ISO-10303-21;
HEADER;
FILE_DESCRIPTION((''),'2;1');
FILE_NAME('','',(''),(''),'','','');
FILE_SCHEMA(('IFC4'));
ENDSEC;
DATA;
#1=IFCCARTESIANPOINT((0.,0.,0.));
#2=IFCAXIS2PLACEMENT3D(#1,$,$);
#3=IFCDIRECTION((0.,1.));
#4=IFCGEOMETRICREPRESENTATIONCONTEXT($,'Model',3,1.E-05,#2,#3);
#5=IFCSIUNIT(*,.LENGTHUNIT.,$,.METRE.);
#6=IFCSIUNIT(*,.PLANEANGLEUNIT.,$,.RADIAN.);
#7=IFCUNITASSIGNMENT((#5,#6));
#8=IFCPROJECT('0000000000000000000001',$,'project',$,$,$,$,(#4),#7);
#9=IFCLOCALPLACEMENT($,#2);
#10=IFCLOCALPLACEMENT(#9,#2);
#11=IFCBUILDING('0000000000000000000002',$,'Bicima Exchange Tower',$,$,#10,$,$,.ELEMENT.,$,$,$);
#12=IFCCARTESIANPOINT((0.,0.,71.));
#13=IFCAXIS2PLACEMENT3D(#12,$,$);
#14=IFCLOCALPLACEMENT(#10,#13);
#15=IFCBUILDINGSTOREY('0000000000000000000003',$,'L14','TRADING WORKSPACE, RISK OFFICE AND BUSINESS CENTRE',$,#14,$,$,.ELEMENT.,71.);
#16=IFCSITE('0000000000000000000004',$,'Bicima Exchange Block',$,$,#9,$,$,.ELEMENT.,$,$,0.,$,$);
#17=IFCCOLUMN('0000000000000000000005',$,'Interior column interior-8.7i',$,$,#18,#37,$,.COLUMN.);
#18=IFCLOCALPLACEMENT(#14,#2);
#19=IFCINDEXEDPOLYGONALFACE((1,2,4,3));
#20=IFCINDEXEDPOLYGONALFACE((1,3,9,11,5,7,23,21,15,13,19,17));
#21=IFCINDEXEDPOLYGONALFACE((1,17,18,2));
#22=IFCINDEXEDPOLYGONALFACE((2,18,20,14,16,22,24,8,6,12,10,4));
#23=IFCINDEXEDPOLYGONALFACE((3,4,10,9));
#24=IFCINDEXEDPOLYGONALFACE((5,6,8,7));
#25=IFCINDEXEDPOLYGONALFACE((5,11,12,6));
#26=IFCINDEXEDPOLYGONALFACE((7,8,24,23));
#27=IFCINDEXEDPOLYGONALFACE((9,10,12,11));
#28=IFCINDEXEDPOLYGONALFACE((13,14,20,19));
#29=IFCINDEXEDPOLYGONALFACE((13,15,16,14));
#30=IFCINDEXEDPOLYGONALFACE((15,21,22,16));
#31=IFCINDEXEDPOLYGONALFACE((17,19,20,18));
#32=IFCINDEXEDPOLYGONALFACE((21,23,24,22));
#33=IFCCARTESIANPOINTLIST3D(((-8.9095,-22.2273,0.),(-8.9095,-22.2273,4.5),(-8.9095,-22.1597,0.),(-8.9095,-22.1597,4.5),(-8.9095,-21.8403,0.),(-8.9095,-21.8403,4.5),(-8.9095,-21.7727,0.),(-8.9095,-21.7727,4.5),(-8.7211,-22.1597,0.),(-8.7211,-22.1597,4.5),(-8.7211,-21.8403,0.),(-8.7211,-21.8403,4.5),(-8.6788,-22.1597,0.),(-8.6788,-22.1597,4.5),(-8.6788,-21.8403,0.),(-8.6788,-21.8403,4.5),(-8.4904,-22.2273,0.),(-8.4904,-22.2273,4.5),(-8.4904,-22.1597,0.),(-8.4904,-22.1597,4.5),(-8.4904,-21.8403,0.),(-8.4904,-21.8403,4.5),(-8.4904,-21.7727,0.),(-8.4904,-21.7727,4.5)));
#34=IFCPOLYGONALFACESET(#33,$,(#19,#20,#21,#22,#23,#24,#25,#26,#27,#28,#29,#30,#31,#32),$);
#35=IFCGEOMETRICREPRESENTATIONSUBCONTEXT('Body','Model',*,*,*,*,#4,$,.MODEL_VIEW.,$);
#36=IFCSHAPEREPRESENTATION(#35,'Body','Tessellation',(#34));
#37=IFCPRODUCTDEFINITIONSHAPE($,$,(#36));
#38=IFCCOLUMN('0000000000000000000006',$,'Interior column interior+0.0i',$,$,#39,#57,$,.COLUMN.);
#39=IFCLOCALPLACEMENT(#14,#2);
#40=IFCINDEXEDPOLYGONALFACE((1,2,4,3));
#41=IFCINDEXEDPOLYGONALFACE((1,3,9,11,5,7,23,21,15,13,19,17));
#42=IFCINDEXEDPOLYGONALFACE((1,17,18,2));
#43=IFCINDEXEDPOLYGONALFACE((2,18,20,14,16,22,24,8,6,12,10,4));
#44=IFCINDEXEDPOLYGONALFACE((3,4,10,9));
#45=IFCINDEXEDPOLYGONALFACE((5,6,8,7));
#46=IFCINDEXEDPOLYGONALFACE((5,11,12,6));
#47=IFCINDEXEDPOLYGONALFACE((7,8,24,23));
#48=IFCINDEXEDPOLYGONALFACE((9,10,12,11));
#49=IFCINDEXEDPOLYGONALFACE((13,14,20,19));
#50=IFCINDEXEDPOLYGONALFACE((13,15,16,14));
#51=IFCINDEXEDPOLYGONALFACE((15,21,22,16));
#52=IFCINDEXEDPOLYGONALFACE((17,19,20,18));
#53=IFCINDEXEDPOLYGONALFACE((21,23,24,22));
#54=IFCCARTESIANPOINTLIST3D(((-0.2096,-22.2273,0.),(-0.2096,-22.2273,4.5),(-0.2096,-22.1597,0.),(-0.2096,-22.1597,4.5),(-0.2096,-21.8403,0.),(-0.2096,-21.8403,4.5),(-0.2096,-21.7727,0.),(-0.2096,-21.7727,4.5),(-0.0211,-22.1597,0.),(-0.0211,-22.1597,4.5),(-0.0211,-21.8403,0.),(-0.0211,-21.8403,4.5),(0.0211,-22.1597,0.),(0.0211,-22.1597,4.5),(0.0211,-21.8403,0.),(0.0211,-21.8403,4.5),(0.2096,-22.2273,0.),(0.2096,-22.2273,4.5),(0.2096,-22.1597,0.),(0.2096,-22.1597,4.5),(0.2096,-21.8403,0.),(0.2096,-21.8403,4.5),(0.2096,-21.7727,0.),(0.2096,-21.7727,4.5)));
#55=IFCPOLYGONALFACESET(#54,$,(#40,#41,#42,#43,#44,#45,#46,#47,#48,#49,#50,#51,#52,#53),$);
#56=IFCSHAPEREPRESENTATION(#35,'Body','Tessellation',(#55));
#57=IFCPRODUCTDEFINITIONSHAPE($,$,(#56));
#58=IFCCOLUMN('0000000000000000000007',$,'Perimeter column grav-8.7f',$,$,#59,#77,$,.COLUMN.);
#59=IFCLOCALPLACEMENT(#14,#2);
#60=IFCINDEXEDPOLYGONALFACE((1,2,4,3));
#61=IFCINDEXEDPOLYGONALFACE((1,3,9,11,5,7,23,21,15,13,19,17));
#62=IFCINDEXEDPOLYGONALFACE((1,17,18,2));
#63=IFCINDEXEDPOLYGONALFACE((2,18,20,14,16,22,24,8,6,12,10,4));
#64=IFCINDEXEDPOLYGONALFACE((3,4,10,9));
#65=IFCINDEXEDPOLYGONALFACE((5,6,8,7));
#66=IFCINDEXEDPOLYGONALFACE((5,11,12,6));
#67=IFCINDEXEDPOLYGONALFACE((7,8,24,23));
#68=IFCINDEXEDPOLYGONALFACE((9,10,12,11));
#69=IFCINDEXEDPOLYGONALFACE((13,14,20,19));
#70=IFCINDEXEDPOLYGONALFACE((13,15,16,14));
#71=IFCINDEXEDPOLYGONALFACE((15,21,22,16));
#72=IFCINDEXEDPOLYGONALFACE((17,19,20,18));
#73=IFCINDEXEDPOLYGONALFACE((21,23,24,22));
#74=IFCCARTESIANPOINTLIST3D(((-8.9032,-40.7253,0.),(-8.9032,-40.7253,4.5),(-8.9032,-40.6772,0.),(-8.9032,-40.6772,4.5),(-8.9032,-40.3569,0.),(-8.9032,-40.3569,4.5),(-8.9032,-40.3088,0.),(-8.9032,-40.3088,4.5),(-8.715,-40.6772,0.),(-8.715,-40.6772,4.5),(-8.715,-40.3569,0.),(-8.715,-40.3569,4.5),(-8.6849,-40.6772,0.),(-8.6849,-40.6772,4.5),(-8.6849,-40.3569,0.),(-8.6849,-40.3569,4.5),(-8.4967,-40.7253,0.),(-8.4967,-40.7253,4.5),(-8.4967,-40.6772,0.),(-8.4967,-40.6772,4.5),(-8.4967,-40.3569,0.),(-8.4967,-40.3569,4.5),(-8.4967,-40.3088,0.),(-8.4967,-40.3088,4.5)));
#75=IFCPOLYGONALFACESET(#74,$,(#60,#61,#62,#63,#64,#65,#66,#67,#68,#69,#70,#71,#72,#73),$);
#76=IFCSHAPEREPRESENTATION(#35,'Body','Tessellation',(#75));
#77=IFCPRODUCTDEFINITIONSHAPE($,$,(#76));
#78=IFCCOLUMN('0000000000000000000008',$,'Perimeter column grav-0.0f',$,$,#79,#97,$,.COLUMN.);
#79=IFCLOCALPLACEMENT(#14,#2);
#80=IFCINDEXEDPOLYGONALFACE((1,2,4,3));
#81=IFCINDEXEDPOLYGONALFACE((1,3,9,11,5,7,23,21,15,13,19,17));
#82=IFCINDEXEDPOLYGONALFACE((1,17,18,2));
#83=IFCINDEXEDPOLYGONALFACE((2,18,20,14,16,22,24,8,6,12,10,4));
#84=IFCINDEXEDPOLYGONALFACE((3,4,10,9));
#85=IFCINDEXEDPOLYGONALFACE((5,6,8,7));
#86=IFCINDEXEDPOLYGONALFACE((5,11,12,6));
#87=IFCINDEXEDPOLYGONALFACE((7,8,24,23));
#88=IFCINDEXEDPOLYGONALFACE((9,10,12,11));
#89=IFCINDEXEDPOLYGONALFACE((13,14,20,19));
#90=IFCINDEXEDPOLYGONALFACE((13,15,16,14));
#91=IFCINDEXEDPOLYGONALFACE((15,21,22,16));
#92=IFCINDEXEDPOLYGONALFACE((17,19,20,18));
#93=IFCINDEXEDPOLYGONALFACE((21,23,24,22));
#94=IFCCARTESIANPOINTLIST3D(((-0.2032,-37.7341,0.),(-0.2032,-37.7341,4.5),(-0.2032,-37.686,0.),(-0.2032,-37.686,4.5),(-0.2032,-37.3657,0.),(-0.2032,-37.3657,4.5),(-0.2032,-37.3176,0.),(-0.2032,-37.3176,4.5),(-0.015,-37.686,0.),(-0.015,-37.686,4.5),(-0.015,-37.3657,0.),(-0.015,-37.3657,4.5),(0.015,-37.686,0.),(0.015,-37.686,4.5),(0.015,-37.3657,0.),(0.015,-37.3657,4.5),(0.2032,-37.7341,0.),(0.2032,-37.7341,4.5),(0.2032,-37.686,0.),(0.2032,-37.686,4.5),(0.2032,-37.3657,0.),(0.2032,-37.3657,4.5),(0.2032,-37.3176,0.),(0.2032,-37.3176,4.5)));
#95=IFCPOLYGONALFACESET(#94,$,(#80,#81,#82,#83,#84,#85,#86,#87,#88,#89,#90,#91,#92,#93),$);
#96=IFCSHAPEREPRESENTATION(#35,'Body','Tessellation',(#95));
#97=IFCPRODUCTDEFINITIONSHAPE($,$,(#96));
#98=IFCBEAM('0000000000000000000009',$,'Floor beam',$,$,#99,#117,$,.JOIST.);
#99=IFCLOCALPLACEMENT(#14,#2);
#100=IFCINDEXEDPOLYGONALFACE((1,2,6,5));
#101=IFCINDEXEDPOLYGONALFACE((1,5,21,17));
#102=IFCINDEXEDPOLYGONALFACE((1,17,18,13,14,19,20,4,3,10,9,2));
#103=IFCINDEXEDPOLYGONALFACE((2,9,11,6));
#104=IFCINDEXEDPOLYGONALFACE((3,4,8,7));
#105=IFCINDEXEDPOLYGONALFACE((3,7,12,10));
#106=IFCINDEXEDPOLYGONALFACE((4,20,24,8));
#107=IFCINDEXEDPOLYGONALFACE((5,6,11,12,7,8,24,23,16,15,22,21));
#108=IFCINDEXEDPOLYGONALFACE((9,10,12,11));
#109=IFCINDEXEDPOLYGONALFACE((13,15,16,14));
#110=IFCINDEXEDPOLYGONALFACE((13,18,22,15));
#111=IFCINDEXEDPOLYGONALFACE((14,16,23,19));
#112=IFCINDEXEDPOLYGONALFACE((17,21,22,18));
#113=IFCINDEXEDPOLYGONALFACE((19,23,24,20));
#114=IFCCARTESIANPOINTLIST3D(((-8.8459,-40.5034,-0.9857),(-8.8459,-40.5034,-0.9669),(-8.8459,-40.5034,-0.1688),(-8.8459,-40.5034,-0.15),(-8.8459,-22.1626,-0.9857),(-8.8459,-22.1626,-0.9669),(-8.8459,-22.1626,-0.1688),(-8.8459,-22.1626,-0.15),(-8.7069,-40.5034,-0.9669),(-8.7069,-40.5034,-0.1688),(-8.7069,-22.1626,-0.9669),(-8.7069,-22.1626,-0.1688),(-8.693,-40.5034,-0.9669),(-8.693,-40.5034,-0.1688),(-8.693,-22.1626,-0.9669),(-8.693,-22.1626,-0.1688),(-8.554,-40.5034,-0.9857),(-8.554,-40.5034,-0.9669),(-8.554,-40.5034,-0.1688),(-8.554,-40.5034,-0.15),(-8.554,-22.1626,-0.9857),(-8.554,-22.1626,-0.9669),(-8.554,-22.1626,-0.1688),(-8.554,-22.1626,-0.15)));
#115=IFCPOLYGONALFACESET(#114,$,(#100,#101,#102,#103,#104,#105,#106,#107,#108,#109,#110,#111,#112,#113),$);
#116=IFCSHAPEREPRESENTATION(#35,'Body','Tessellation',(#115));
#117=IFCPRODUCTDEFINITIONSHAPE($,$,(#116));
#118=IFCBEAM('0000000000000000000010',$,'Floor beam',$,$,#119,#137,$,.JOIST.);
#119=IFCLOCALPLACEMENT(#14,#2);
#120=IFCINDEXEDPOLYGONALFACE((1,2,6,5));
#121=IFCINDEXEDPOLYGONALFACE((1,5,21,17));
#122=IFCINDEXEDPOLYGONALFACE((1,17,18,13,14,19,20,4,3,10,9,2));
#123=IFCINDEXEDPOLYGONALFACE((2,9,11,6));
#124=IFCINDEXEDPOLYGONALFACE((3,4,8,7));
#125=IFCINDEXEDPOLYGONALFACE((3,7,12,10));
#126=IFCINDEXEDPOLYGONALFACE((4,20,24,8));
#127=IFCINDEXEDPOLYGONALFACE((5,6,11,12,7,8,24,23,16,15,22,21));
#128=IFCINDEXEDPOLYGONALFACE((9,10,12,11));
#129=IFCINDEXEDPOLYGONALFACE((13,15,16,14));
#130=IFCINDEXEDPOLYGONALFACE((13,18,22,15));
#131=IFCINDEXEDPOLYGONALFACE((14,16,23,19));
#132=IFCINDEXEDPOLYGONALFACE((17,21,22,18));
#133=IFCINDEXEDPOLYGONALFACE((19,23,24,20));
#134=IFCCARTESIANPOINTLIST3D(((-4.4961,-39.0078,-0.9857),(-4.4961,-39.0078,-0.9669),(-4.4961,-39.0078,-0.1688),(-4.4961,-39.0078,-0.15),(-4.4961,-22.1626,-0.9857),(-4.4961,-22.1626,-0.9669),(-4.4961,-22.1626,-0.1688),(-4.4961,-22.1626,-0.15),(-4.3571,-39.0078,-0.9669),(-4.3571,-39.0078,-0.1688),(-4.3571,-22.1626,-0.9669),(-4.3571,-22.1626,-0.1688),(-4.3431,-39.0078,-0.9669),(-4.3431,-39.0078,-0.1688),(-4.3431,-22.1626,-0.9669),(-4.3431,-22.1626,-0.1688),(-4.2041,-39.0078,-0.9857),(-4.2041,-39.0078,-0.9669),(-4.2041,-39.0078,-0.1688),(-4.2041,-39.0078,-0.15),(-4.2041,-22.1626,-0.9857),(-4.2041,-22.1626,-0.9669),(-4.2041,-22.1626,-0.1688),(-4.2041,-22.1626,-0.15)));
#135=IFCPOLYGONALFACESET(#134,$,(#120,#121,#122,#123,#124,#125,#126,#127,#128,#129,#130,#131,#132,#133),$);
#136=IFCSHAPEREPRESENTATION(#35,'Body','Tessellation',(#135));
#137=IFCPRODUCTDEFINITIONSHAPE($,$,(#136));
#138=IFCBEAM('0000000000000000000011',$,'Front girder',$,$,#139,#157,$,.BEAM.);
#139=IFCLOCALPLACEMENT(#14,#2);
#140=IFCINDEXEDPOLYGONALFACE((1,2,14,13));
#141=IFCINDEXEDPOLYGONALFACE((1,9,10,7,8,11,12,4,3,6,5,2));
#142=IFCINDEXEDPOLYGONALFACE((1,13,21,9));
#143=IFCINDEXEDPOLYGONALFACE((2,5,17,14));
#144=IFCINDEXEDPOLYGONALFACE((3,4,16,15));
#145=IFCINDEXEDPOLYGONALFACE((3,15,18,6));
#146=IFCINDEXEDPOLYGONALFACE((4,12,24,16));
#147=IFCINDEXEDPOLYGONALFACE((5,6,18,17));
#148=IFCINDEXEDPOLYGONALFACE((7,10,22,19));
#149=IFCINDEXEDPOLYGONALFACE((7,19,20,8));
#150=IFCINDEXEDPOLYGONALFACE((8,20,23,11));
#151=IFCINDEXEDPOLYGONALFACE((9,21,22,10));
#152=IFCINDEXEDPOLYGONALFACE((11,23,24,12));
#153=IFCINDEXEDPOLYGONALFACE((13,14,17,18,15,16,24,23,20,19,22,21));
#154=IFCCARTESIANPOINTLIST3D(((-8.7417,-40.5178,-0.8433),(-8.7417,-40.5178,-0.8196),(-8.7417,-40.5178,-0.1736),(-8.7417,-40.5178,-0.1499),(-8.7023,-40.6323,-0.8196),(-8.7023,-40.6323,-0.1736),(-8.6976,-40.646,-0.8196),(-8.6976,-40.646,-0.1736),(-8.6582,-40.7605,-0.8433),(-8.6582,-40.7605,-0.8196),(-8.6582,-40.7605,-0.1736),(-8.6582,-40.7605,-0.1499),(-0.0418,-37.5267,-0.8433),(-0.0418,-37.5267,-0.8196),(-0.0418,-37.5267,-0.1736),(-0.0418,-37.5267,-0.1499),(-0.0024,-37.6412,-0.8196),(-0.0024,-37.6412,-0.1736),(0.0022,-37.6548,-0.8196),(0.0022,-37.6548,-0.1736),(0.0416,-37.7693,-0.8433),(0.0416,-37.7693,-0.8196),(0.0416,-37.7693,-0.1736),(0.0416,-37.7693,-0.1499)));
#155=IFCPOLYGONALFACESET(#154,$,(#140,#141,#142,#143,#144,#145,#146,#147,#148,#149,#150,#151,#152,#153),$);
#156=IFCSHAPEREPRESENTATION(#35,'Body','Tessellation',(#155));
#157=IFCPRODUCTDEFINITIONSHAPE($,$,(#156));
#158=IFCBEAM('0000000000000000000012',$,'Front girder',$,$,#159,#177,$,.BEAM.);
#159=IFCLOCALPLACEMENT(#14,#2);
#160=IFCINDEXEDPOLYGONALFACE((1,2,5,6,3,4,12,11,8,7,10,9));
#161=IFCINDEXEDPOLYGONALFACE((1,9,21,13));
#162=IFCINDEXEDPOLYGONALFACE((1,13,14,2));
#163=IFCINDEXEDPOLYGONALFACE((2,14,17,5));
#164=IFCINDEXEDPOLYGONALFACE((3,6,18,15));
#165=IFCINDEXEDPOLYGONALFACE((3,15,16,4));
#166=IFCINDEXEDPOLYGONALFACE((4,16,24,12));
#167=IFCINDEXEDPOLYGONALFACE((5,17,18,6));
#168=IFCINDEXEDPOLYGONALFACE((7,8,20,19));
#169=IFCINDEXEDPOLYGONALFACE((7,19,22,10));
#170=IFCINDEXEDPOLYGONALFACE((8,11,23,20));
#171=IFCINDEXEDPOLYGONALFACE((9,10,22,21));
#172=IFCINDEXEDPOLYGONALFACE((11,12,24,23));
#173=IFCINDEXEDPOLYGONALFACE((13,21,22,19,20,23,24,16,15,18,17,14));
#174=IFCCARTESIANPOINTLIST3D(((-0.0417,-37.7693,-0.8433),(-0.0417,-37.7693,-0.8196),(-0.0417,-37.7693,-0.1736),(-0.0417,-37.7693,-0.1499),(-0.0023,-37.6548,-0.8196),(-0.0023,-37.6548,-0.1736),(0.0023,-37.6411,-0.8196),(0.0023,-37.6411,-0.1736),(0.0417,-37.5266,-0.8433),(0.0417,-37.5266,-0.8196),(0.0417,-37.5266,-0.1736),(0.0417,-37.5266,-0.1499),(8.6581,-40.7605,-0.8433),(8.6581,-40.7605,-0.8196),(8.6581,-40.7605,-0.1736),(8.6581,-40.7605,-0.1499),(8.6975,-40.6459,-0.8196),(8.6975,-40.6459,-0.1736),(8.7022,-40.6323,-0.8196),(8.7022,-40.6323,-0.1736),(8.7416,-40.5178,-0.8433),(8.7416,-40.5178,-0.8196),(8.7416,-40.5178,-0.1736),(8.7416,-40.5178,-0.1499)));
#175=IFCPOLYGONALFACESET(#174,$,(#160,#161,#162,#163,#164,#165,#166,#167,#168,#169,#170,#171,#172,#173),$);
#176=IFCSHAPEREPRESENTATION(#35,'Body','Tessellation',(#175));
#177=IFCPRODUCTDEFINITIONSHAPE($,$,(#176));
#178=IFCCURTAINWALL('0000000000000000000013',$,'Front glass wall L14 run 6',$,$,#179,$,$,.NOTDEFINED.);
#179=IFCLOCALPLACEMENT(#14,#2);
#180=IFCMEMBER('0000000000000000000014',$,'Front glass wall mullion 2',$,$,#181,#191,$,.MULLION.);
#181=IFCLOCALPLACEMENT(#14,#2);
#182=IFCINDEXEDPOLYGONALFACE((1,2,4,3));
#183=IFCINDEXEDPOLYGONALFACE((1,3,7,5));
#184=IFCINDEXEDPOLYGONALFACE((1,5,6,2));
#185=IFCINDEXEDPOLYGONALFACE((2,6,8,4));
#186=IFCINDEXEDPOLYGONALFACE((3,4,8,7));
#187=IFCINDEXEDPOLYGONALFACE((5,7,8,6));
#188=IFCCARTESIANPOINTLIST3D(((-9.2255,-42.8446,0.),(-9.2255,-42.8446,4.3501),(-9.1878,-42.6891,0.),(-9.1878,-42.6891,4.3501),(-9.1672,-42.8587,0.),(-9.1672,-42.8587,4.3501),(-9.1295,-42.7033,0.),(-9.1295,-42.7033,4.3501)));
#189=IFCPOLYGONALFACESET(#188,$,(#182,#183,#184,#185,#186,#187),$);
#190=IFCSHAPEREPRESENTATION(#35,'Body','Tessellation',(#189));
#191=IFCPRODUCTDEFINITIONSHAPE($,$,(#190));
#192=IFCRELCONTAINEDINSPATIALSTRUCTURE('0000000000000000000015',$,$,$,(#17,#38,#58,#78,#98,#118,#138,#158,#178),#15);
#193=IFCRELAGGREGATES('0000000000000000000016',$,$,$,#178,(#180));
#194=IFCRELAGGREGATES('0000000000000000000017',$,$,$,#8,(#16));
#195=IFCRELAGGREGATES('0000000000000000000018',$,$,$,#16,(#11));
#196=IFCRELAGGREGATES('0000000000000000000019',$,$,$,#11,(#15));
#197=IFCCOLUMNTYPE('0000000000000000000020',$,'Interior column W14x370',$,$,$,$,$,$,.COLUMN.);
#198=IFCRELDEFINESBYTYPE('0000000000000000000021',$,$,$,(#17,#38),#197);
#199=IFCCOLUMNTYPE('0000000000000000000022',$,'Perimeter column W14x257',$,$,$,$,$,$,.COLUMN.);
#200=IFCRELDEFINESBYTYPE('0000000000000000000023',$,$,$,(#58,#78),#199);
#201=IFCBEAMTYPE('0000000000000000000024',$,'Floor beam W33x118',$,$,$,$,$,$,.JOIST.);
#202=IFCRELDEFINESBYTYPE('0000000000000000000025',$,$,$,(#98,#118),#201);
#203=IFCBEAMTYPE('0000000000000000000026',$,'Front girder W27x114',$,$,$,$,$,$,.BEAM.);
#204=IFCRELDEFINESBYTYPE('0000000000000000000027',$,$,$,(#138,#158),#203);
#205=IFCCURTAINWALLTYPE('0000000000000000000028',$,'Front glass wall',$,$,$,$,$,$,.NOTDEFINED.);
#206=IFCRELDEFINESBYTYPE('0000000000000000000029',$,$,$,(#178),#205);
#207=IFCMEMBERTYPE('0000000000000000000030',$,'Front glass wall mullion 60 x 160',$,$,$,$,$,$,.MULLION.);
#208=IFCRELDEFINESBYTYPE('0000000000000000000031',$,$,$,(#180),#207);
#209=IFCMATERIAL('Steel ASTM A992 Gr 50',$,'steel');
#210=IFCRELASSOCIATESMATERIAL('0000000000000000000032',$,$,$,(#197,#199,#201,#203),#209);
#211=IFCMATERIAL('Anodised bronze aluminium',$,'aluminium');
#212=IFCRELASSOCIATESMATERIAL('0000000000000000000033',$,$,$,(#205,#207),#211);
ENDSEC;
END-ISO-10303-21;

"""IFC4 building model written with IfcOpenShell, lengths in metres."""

from ifc_helpers import new_model, si_unit, direction, frame, origin, origin_2d, place, context, subcontext, project, spatial, rectangle, i_section, extrude, material, material_profile, profile_set, type_object, element, aggregate, save


model = new_model("IFC4")

# Units and contexts
model_context = context("Model", 3, precision=1e-05, world=origin(), true_north=direction((0.0, 1.0)))
body_context = subcontext(model_context, "Body", "Model", "MODEL_VIEW")
ifc_project = project(units=[si_unit("LENGTHUNIT", "METRE"), si_unit("PLANEANGLEUNIT", "RADIAN")], contexts=[model_context])

# Site, building, storey
site_placement = place(None, origin())
site = spatial("IfcSite", under=ifc_project, at=site_placement, Name="Bicima Exchange Block", CompositionType="ELEMENT", RefElevation=0.0)
building_placement = place(site_placement, origin())
building = spatial("IfcBuilding", under=site, at=building_placement, Name="Bicima Exchange Tower", CompositionType="ELEMENT")
storey_placement = place(building_placement, frame((0.0, 0.0, 71.0)))
storey = spatial("IfcBuildingStorey", under=building, at=storey_placement, Name="L14", Description="TRADING WORKSPACE, RISK OFFICE AND BUSINESS CENTRE", CompositionType="ELEMENT", Elevation=71.0)

# Columns
ifc_material_1 = material(Name="Steel ASTM A992 Gr 50", Category="steel")
ifc_material_profile_1 = material_profile(ifc_material_1, i_section(OverallWidth=0.4192, OverallDepth=0.4546, WebThickness=0.0422, FlangeThickness=0.0676, at=origin_2d()))
ifc_profile_set_1 = profile_set([ifc_material_profile_1], Name="Steel ASTM A992 Gr 50")
column_type_1 = type_object("IfcColumnType", Name="Interior column W14x370", PredefinedType="COLUMN", material=ifc_profile_set_1)
for number, where, z_axis, x_axis, name in (
    (1, (-8.7, -22.0, 0.0), (0.0, 0.0, 1.0), (1.0, 0.0, 0.0), "Interior column interior-8.7i"),
    (2, (0.0, -22.0, 0.0), (0.0, 0.0, 1.0), (1.0, 0.0, 0.0), "Interior column interior+0.0i"),
):
    element("IfcColumn", number, at=place(storey_placement, frame(where, z_axis=z_axis, x_axis=x_axis)), inside=storey, type_object=column_type_1, Name=name, PredefinedType="COLUMN", context=body_context, shape_type="SweptSolid", body=[
        extrude(i_section(OverallWidth=0.4192, OverallDepth=0.4546, WebThickness=0.0422, FlangeThickness=0.0676, at=origin_2d()), origin(), (0.0, 0.0, 1.0), 4.5),
    ])
ifc_material_profile_2 = material_profile(ifc_material_1, i_section(OverallWidth=0.4065, OverallDepth=0.4165, WebThickness=0.03, FlangeThickness=0.0481, at=origin_2d()))
ifc_profile_set_2 = profile_set([ifc_material_profile_2], Name="Steel ASTM A992 Gr 50")
column_type_2 = type_object("IfcColumnType", Name="Perimeter column W14x257", PredefinedType="COLUMN", material=ifc_profile_set_2)
for number, where, z_axis, x_axis, name in (
    (3, (-8.7, -40.5171, 0.0), (0.0, 0.0, 1.0), (1.0, 0.0, 0.0), "Perimeter column grav-8.7f"),
    (4, (0.0, -37.5259, 0.0), (0.0, 0.0, 1.0), (1.0, 0.0, 0.0), "Perimeter column grav-0.0f"),
):
    element("IfcColumn", number, at=place(storey_placement, frame(where, z_axis=z_axis, x_axis=x_axis)), inside=storey, type_object=column_type_2, Name=name, PredefinedType="COLUMN", context=body_context, shape_type="SweptSolid", body=[
        extrude(i_section(OverallWidth=0.4065, OverallDepth=0.4165, WebThickness=0.03, FlangeThickness=0.0481, at=origin_2d()), origin(), (0.0, 0.0, 1.0), 4.5),
    ])

# Beams
ifc_material_profile_3 = material_profile(ifc_material_1, i_section(OverallWidth=0.292, OverallDepth=0.8357, WebThickness=0.0139, FlangeThickness=0.0188, at=origin_2d()))
ifc_profile_set_3 = profile_set([ifc_material_profile_3], Name="Steel ASTM A992 Gr 50")
beam_type_1 = type_object("IfcBeamType", Name="Floor beam W33x118", PredefinedType="JOIST", material=ifc_profile_set_3)
beam_1_placement = place(storey_placement, frame((-8.7, -22.1626, -0.5679), z_axis=(0.0, -1.0, 0.0), x_axis=(1.0, 0.0, 0.0)))
element("IfcBeam", 5, at=beam_1_placement, inside=storey, type_object=beam_type_1, Name="Floor beam", PredefinedType="JOIST", context=body_context, shape_type="SweptSolid", body=[
    extrude(i_section(OverallWidth=0.292, OverallDepth=0.8357, WebThickness=0.0139, FlangeThickness=0.0188, at=origin_2d()), origin(), (0.0, 0.0, 1.0), 18.3408),
])
beam_2_placement = place(storey_placement, frame((-4.3501, -22.1626, -0.5679), z_axis=(0.0, -1.0, 0.0), x_axis=(1.0, 0.0, 0.0)))
element("IfcBeam", 6, at=beam_2_placement, inside=storey, type_object=beam_type_1, Name="Floor beam", PredefinedType="JOIST", context=body_context, shape_type="SweptSolid", body=[
    extrude(i_section(OverallWidth=0.292, OverallDepth=0.8357, WebThickness=0.0139, FlangeThickness=0.0188, at=origin_2d()), origin(), (0.0, 0.0, 1.0), 16.8452),
])
ifc_material_profile_4 = material_profile(ifc_material_1, i_section(OverallWidth=0.2566, OverallDepth=0.6934, WebThickness=0.0144, FlangeThickness=0.0237, at=origin_2d()))
ifc_profile_set_4 = profile_set([ifc_material_profile_4], Name="Steel ASTM A992 Gr 50")
beam_type_2 = type_object("IfcBeamType", Name="Front girder W27x114", PredefinedType="BEAM", material=ifc_profile_set_4)
for number, where, z_axis, x_axis, name in (
    (7, (-8.7, -40.6392, -0.4966), (0.945666, 0.325138, 0.0), (-0.325138, 0.945666, 0.0), "Front girder"),
    (8, (0.0, -37.6479, -0.4966), (0.945666, -0.325138, 0.0), (0.325138, 0.945666, 0.0), "Front girder"),
):
    element("IfcBeam", number, at=place(storey_placement, frame(where, z_axis=z_axis, x_axis=x_axis)), inside=storey, type_object=beam_type_2, Name=name, PredefinedType="BEAM", context=body_context, shape_type="SweptSolid", body=[
        extrude(i_section(OverallWidth=0.2566, OverallDepth=0.6934, WebThickness=0.0144, FlangeThickness=0.0237, at=origin_2d()), origin(), (0.0, 0.0, 1.0), 9.1997),
    ])

# Curtain wall, member
ifc_material_2 = material(Name="Anodised bronze aluminium", Category="aluminium")
curtain_wall_type = type_object("IfcCurtainWallType", Name="Front glass wall", PredefinedType="NOTDEFINED", material=ifc_material_2)
curtain_wall_placement = place(storey_placement, origin())
curtain_wall = element("IfcCurtainWall", 9, at=curtain_wall_placement, inside=storey, type_object=curtain_wall_type, Name="Front glass wall L14 run 6", PredefinedType="NOTDEFINED")
ifc_material_profile_5 = material_profile(ifc_material_2, rectangle(XDim=0.1599, YDim=0.0601, at=origin_2d()))
ifc_profile_set_5 = profile_set([ifc_material_profile_5], Name="Anodised bronze aluminium")
member_type_1 = type_object("IfcMemberType", Name="Front glass wall mullion 60 x 160", PredefinedType="MULLION", material=ifc_profile_set_5)
member_1_placement = place(storey_placement, frame((-9.1775, -42.7739, 0.0), z_axis=(0.0, 0.0, 1.0), x_axis=(0.235682, 0.97183, 0.0)))
member_1 = element("IfcMember", 10, at=member_1_placement, type_object=member_type_1, Name="Front glass wall mullion 2", PredefinedType="MULLION", context=body_context, shape_type="SweptSolid", body=[
    extrude(rectangle(XDim=0.1599, YDim=0.0601, at=origin_2d()), origin(), (0.0, 0.0, 1.0), 4.3501),
])

aggregate(curtain_wall, [member_1])

save(model, "model.ifc")
